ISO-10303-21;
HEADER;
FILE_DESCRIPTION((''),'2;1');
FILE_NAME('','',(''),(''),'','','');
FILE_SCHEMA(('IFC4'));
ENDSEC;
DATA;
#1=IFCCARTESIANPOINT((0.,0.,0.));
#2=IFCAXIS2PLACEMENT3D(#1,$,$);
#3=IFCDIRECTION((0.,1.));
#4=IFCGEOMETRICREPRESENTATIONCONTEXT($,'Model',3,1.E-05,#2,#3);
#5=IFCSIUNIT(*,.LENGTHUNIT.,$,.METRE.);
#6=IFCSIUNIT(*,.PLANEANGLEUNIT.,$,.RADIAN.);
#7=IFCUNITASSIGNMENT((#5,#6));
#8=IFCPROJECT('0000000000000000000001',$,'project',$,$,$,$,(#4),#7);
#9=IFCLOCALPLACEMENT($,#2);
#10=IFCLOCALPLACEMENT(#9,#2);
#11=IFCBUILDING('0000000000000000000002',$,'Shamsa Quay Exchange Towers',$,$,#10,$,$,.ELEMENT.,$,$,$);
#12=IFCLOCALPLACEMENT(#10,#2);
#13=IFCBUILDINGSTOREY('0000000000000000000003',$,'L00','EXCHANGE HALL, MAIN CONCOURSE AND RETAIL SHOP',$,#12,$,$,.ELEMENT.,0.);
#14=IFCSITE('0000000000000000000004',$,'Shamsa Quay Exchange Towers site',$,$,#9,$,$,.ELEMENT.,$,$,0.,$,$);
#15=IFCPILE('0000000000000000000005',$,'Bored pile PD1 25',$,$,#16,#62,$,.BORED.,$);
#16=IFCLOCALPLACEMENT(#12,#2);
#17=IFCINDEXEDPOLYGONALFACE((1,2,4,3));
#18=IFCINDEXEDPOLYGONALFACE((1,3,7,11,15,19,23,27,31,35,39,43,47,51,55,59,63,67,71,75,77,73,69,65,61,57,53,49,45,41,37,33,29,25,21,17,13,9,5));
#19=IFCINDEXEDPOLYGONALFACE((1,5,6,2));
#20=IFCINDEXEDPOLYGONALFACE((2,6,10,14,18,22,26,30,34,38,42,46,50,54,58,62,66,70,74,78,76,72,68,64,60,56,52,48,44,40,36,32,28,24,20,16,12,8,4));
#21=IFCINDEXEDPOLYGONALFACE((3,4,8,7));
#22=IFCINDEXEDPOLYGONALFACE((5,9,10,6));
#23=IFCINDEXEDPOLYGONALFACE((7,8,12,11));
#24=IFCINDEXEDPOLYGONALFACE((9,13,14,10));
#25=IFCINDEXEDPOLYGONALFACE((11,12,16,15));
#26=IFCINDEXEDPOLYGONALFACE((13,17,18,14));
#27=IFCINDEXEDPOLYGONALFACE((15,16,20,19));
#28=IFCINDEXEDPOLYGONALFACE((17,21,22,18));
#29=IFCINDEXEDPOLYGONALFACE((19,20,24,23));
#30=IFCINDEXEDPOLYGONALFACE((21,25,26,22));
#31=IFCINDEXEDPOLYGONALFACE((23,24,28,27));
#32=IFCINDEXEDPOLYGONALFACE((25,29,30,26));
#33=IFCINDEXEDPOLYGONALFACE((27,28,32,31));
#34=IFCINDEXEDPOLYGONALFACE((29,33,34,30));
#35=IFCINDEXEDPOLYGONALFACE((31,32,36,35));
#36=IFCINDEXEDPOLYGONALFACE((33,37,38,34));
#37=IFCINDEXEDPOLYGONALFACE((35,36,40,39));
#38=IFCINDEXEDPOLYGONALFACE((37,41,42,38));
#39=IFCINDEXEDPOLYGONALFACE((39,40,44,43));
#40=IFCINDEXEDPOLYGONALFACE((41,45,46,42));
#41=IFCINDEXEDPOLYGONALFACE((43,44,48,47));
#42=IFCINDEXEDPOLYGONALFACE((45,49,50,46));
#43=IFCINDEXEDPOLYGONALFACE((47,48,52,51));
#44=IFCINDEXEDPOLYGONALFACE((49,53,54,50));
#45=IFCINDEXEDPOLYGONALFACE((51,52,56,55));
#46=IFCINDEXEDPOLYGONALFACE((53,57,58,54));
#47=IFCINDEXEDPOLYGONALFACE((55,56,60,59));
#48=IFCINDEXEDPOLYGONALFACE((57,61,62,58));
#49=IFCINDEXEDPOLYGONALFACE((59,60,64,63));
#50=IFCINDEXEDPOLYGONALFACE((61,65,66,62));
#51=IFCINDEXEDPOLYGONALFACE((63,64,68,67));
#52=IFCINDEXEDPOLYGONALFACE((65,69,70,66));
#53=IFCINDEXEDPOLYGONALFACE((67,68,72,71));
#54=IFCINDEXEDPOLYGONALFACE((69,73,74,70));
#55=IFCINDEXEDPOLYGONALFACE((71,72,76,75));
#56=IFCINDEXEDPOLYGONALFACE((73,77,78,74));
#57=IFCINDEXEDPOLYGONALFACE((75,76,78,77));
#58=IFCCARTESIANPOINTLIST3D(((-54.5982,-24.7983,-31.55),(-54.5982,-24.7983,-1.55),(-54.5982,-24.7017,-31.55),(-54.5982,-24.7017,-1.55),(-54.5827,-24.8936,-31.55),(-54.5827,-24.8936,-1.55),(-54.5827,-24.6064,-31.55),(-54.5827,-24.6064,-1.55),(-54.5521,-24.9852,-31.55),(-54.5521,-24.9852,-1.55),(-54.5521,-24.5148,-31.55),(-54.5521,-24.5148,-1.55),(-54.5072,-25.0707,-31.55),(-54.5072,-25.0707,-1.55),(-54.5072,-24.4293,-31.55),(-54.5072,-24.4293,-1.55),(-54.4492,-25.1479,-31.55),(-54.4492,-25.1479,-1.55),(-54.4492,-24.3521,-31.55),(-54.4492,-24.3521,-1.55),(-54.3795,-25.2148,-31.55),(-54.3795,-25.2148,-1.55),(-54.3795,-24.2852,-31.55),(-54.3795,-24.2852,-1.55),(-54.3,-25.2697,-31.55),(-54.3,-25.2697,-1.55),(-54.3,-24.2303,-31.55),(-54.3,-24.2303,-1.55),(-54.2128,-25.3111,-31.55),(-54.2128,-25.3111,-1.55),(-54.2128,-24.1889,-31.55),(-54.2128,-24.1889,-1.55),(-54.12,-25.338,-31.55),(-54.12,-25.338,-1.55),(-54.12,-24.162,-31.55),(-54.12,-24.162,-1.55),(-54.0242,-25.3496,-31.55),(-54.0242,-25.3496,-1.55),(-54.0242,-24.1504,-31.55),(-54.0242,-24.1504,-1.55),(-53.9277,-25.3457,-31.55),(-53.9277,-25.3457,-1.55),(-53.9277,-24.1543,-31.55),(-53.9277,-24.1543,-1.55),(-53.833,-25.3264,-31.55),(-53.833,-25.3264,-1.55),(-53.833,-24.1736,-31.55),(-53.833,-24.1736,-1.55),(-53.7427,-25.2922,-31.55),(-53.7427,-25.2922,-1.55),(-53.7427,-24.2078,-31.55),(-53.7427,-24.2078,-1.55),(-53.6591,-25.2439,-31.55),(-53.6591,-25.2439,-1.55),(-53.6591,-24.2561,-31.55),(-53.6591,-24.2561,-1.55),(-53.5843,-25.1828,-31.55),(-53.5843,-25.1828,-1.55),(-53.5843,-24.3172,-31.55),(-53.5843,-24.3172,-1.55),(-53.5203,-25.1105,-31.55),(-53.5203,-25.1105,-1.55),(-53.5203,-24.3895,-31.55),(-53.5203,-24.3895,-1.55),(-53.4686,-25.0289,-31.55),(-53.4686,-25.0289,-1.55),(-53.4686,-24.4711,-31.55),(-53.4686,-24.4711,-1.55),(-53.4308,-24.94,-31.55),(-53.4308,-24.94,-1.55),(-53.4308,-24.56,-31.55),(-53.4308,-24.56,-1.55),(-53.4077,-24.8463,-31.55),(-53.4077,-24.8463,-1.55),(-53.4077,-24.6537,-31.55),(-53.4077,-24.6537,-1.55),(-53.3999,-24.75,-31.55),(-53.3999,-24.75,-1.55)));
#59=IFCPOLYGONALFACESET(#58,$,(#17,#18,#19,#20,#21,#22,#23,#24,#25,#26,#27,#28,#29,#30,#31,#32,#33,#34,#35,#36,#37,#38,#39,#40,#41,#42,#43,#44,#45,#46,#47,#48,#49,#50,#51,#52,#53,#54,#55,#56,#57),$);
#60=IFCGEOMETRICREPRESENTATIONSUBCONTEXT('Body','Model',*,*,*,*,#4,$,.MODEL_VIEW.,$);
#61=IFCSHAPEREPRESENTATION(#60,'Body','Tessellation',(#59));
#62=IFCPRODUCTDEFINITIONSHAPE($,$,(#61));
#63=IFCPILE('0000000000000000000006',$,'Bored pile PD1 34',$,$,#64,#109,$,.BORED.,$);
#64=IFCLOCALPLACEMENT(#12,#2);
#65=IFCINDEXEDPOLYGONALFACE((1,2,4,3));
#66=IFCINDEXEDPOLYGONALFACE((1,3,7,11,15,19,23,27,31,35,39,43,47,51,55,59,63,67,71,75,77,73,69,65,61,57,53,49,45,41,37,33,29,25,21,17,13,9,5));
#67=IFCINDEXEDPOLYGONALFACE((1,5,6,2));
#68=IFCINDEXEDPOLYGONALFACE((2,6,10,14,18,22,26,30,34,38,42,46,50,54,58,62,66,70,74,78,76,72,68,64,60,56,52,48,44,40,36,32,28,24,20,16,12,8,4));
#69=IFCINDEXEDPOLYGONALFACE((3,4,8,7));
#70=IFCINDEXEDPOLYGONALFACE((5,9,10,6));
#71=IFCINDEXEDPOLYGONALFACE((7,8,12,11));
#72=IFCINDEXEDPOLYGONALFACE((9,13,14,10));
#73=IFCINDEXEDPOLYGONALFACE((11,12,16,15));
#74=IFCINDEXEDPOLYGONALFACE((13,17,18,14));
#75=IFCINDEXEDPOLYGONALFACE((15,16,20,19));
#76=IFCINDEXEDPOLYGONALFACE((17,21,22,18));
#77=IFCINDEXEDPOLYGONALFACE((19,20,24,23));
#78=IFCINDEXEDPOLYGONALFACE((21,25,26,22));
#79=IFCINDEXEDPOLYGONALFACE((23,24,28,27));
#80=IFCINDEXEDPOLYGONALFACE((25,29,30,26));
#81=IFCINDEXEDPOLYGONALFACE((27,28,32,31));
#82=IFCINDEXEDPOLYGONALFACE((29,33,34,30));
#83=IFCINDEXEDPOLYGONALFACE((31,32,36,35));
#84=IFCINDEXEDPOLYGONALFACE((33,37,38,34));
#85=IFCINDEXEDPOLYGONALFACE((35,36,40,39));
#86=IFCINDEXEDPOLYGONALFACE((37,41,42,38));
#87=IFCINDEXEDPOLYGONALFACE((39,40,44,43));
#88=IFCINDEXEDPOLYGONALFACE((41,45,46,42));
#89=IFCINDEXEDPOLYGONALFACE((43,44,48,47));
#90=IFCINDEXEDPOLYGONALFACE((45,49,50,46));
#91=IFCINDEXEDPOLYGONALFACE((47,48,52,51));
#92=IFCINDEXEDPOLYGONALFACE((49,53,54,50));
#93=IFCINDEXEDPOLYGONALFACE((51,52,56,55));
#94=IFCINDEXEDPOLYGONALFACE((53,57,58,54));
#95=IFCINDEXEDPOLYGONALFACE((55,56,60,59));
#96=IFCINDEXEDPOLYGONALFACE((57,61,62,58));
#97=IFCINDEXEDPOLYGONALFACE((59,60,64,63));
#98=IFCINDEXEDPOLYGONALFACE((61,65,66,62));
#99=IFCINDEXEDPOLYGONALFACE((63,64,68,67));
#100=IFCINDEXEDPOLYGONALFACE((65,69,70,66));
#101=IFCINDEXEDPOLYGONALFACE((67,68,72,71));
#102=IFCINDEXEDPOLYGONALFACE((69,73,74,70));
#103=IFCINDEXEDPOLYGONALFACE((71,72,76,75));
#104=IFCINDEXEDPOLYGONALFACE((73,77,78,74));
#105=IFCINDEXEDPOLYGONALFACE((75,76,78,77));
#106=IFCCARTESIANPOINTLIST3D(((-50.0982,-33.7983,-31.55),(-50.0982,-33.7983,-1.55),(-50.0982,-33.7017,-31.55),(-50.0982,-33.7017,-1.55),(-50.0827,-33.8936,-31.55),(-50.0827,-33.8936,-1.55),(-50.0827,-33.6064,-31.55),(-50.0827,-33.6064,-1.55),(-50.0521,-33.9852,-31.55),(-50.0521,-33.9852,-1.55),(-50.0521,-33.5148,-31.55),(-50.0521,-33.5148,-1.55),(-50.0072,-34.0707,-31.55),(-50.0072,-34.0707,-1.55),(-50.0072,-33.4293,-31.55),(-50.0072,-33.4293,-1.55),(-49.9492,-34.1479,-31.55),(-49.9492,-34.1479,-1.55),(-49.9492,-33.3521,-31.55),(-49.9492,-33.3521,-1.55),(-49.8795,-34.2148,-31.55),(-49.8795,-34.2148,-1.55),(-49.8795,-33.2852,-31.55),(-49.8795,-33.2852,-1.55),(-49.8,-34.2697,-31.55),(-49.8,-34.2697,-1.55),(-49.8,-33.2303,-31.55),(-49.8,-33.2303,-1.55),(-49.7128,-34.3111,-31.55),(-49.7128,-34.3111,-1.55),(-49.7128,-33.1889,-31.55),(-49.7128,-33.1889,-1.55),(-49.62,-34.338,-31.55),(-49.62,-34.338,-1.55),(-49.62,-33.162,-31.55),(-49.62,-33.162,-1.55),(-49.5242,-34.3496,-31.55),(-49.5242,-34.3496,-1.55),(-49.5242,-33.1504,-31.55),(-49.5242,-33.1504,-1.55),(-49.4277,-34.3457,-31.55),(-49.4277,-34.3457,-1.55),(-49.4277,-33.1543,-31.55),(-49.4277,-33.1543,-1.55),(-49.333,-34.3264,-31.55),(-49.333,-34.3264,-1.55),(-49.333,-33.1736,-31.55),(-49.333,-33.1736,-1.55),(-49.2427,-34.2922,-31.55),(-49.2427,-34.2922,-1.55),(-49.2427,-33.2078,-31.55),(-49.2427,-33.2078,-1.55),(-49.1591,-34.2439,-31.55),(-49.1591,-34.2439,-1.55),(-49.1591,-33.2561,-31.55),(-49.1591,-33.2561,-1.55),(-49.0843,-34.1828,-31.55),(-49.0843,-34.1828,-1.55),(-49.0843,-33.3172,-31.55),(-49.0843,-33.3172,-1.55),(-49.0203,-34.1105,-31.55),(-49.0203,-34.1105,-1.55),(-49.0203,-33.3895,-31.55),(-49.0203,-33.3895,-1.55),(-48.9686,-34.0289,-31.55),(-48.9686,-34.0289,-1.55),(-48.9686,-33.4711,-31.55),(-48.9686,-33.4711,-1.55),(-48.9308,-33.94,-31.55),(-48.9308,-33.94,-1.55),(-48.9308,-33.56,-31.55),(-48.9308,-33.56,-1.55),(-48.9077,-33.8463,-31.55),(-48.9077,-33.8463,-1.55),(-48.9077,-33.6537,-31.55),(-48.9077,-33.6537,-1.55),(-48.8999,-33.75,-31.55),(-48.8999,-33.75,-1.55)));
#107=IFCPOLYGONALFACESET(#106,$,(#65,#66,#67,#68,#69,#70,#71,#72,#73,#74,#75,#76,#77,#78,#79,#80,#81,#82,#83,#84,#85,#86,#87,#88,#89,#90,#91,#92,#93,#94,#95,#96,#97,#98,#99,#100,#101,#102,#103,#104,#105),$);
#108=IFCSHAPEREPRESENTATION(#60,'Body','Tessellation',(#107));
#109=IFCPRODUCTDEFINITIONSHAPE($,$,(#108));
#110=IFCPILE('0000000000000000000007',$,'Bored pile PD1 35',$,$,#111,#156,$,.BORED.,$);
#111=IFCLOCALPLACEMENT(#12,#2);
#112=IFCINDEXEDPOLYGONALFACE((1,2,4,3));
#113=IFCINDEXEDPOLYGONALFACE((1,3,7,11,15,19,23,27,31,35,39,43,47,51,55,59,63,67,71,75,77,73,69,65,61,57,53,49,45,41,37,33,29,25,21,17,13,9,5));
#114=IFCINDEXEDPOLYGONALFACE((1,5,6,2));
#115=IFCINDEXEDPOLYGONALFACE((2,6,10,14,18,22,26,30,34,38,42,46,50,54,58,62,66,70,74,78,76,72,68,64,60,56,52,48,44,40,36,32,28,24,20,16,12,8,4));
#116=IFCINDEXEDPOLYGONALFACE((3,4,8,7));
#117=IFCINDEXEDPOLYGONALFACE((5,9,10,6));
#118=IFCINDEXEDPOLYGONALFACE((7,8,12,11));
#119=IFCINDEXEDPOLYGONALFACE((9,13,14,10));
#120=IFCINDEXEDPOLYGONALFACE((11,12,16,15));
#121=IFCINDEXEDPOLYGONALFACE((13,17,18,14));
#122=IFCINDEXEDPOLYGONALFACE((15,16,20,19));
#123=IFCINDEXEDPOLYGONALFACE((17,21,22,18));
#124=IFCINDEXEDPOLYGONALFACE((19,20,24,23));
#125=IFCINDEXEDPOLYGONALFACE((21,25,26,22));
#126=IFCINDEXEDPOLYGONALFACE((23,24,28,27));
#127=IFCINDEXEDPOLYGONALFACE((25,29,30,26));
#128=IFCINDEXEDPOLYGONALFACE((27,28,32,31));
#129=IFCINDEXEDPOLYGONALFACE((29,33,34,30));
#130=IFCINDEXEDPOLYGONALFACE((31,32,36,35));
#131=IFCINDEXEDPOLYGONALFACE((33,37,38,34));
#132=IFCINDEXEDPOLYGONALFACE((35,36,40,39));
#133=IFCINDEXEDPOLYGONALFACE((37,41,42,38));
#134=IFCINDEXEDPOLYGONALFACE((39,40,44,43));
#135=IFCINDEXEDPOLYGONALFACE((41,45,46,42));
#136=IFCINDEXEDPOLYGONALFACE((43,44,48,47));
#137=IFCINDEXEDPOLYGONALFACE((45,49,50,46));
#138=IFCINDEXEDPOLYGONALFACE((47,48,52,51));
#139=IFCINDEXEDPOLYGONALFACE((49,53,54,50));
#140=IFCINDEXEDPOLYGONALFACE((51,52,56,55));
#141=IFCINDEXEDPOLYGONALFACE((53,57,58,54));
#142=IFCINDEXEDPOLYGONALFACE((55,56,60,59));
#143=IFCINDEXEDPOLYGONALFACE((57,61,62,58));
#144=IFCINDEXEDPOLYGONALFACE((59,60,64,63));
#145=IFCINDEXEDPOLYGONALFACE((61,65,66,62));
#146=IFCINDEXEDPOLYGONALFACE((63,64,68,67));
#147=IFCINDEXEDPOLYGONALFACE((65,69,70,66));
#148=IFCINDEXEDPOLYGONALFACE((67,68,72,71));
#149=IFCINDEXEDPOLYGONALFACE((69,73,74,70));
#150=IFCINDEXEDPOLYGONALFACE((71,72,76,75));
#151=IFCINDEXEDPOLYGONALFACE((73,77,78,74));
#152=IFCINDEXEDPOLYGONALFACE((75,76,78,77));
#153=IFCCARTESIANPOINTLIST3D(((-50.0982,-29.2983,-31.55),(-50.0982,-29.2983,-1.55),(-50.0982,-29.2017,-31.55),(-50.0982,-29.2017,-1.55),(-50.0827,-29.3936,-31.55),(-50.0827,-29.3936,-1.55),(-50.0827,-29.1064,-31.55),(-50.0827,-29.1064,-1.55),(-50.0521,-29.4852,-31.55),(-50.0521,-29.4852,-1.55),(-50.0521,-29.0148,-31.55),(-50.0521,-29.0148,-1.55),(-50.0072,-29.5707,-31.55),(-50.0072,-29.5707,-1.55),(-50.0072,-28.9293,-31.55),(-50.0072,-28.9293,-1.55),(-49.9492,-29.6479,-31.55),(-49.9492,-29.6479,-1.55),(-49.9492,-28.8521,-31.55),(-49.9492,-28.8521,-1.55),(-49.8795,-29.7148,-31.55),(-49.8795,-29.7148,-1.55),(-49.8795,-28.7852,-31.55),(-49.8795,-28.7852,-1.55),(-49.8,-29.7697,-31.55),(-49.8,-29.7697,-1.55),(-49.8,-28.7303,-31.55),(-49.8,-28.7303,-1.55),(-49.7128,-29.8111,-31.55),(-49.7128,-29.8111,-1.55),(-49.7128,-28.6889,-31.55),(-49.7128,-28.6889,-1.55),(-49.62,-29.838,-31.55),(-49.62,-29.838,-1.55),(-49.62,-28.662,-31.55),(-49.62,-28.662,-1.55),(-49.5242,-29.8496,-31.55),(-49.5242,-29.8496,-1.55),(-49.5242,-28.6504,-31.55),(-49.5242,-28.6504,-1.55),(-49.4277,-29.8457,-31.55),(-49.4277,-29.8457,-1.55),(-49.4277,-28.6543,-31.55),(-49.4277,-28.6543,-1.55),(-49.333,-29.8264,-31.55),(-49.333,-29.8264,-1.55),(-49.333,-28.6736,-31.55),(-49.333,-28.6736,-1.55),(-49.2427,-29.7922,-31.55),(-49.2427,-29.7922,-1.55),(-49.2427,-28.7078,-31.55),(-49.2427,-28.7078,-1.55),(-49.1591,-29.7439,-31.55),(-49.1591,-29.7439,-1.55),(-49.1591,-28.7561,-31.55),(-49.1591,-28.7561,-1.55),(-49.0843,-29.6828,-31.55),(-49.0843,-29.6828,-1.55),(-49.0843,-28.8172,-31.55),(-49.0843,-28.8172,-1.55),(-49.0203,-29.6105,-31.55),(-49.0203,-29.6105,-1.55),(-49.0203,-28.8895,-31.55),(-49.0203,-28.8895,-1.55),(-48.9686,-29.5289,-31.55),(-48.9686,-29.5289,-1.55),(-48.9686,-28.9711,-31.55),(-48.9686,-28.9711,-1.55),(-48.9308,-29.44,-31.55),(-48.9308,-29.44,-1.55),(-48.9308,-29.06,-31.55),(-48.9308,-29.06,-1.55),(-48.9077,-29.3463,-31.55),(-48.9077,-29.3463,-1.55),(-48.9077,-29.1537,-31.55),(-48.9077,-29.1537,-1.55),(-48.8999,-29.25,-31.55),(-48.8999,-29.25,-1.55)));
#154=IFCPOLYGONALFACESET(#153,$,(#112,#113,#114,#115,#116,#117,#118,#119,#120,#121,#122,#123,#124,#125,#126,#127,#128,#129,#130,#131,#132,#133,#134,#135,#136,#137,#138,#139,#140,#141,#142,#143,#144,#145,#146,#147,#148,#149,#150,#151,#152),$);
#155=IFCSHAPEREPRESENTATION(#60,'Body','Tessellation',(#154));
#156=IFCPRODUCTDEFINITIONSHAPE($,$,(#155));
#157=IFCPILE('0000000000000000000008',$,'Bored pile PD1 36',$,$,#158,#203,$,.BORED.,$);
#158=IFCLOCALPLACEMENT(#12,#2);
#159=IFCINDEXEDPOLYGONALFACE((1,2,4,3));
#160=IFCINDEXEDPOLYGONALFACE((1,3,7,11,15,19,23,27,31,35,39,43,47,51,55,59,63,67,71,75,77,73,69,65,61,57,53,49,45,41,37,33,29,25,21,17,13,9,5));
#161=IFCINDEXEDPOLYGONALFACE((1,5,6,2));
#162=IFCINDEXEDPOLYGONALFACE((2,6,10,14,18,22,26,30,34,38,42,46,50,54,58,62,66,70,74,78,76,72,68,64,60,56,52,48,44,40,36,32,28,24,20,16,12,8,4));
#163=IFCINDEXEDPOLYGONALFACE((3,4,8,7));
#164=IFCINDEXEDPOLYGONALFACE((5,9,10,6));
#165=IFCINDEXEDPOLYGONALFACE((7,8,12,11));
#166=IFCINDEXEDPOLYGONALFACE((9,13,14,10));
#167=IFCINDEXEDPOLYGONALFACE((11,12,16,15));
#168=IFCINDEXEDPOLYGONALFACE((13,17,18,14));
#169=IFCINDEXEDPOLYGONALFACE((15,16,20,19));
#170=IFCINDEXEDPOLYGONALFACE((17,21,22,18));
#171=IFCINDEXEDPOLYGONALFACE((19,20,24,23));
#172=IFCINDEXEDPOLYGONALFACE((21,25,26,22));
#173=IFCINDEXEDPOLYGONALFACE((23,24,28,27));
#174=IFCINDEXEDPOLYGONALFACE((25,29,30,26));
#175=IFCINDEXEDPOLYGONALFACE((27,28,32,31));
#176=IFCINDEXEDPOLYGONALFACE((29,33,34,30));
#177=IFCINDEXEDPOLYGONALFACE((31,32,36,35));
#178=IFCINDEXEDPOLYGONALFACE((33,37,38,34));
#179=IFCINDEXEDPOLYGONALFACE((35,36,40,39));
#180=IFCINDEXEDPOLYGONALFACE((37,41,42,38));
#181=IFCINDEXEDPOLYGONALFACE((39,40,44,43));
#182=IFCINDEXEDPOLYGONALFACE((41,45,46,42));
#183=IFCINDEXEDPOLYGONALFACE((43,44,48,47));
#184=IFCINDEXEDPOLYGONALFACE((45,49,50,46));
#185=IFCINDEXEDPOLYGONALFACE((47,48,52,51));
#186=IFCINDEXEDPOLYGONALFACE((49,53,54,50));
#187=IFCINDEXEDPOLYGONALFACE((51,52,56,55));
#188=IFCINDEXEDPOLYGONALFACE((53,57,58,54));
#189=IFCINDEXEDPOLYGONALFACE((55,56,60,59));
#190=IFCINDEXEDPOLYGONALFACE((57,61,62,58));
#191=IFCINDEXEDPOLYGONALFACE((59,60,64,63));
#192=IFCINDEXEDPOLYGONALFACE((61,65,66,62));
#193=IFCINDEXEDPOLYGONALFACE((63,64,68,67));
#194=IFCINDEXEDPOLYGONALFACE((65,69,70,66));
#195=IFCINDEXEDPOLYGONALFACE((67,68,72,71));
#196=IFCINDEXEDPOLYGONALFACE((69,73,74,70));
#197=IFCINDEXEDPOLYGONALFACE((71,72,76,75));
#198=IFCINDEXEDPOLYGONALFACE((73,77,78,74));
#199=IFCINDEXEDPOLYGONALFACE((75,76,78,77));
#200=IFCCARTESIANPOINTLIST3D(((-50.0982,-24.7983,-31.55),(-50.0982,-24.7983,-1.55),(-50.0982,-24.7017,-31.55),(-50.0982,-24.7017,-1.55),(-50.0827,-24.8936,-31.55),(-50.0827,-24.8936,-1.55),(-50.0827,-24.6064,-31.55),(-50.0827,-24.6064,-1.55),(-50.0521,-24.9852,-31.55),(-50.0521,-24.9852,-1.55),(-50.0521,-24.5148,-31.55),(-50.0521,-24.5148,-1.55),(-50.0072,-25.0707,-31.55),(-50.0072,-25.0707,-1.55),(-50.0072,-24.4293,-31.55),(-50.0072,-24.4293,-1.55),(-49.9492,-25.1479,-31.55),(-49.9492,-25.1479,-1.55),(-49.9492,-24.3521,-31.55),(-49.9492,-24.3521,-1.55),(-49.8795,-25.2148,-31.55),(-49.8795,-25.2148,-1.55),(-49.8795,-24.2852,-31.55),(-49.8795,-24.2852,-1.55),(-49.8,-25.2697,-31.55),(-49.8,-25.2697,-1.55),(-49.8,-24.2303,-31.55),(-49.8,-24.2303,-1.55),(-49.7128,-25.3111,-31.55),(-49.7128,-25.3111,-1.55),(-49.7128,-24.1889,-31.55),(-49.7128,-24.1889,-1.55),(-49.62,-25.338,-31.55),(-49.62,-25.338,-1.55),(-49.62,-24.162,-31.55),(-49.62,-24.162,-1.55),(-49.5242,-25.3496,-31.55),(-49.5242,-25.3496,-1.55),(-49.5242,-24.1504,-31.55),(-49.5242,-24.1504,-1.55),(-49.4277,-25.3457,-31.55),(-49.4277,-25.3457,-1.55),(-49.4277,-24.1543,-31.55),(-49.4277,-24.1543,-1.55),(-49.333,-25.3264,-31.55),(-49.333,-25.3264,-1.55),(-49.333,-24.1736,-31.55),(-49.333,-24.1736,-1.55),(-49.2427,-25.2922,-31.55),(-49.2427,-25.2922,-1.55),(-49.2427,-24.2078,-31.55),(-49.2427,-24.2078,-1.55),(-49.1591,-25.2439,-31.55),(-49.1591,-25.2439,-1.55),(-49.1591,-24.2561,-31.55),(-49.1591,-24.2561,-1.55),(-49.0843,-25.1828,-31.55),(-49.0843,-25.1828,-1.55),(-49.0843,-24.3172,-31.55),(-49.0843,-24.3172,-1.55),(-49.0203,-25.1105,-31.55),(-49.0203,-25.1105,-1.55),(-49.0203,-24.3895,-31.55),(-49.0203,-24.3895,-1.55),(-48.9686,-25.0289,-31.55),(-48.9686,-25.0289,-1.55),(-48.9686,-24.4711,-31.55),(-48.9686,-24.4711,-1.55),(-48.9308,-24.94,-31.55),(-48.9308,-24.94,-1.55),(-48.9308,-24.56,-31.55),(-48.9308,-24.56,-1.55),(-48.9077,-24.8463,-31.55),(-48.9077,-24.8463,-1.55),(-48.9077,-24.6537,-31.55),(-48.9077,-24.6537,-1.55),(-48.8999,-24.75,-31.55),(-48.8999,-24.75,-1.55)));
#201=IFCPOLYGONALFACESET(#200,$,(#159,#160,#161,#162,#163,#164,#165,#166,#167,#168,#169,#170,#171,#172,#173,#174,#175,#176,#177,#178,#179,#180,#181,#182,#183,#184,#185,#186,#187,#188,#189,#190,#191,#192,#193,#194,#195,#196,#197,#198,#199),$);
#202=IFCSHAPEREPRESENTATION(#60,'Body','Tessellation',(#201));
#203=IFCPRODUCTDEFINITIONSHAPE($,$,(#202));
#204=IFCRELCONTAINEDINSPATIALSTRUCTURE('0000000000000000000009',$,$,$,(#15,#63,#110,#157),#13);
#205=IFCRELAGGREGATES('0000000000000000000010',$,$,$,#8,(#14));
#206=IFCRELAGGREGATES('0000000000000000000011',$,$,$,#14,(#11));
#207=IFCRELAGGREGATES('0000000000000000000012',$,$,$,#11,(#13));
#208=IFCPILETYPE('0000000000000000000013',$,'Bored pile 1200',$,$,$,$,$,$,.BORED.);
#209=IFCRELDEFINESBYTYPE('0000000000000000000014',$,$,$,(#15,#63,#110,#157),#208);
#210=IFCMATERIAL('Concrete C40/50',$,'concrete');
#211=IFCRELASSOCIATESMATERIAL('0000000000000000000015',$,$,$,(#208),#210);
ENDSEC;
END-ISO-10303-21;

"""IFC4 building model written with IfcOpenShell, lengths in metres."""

from ifc_helpers import new_model, si_unit, direction, frame, origin, origin_2d, place, context, subcontext, project, spatial, circle, extrude, material, material_profile, profile_set, type_object, element, save


model = new_model("IFC4")

# Units and contexts
model_context = context("Model", 3, precision=1e-05, world=origin(), true_north=direction((0.0, 1.0)))
body_context = subcontext(model_context, "Body", "Model", "MODEL_VIEW")
ifc_project = project(units=[si_unit("LENGTHUNIT", "METRE"), si_unit("PLANEANGLEUNIT", "RADIAN")], contexts=[model_context])

# Site, building, storey
site_placement = place(None, origin())
site = spatial("IfcSite", under=ifc_project, at=site_placement, Name="Shamsa Quay Exchange Towers site", CompositionType="ELEMENT", RefElevation=0.0)
building_placement = place(site_placement, origin())
building = spatial("IfcBuilding", under=site, at=building_placement, Name="Shamsa Quay Exchange Towers", CompositionType="ELEMENT")
storey_placement = place(building_placement, origin())
storey = spatial("IfcBuildingStorey", under=building, at=storey_placement, Name="L00", Description="EXCHANGE HALL, MAIN CONCOURSE AND RETAIL SHOP", CompositionType="ELEMENT", Elevation=0.0)

# Piles
ifc_material_1 = material(Name="Concrete C40/50", Category="concrete")
ifc_material_profile_1 = material_profile(ifc_material_1, circle(Radius=0.6001, at=origin_2d()), Name="BP1200")
ifc_profile_set_1 = profile_set([ifc_material_profile_1], Name="Concrete C40/50")
pile_type = type_object("IfcPileType", Name="Bored pile 1200", PredefinedType="BORED", material=ifc_profile_set_1)
for number, where, z_axis, x_axis, name in (
    (1, (-54.0, -24.75, -1.55), (0.0, 0.0, -1.0), (1.0, 0.0, 0.0), "Bored pile PD1 25"),
    (2, (-49.5, -33.75, -1.55), (0.0, 0.0, -1.0), (1.0, 0.0, 0.0), "Bored pile PD1 34"),
    (3, (-49.5, -29.25, -1.55), (0.0, 0.0, -1.0), (1.0, 0.0, 0.0), "Bored pile PD1 35"),
    (4, (-49.5, -24.75, -1.55), (0.0, 0.0, -1.0), (1.0, 0.0, 0.0), "Bored pile PD1 36"),
):
    element("IfcPile", number, at=place(storey_placement, frame(where, z_axis=z_axis, x_axis=x_axis)), inside=storey, type_object=pile_type, Name=name, PredefinedType="BORED", context=body_context, shape_type="SweptSolid", body=[
        extrude(circle(Radius=0.6001, at=origin_2d()), origin(), (0.0, 0.0, 1.0), 30.0),
    ])

save(model, "model.ifc")
